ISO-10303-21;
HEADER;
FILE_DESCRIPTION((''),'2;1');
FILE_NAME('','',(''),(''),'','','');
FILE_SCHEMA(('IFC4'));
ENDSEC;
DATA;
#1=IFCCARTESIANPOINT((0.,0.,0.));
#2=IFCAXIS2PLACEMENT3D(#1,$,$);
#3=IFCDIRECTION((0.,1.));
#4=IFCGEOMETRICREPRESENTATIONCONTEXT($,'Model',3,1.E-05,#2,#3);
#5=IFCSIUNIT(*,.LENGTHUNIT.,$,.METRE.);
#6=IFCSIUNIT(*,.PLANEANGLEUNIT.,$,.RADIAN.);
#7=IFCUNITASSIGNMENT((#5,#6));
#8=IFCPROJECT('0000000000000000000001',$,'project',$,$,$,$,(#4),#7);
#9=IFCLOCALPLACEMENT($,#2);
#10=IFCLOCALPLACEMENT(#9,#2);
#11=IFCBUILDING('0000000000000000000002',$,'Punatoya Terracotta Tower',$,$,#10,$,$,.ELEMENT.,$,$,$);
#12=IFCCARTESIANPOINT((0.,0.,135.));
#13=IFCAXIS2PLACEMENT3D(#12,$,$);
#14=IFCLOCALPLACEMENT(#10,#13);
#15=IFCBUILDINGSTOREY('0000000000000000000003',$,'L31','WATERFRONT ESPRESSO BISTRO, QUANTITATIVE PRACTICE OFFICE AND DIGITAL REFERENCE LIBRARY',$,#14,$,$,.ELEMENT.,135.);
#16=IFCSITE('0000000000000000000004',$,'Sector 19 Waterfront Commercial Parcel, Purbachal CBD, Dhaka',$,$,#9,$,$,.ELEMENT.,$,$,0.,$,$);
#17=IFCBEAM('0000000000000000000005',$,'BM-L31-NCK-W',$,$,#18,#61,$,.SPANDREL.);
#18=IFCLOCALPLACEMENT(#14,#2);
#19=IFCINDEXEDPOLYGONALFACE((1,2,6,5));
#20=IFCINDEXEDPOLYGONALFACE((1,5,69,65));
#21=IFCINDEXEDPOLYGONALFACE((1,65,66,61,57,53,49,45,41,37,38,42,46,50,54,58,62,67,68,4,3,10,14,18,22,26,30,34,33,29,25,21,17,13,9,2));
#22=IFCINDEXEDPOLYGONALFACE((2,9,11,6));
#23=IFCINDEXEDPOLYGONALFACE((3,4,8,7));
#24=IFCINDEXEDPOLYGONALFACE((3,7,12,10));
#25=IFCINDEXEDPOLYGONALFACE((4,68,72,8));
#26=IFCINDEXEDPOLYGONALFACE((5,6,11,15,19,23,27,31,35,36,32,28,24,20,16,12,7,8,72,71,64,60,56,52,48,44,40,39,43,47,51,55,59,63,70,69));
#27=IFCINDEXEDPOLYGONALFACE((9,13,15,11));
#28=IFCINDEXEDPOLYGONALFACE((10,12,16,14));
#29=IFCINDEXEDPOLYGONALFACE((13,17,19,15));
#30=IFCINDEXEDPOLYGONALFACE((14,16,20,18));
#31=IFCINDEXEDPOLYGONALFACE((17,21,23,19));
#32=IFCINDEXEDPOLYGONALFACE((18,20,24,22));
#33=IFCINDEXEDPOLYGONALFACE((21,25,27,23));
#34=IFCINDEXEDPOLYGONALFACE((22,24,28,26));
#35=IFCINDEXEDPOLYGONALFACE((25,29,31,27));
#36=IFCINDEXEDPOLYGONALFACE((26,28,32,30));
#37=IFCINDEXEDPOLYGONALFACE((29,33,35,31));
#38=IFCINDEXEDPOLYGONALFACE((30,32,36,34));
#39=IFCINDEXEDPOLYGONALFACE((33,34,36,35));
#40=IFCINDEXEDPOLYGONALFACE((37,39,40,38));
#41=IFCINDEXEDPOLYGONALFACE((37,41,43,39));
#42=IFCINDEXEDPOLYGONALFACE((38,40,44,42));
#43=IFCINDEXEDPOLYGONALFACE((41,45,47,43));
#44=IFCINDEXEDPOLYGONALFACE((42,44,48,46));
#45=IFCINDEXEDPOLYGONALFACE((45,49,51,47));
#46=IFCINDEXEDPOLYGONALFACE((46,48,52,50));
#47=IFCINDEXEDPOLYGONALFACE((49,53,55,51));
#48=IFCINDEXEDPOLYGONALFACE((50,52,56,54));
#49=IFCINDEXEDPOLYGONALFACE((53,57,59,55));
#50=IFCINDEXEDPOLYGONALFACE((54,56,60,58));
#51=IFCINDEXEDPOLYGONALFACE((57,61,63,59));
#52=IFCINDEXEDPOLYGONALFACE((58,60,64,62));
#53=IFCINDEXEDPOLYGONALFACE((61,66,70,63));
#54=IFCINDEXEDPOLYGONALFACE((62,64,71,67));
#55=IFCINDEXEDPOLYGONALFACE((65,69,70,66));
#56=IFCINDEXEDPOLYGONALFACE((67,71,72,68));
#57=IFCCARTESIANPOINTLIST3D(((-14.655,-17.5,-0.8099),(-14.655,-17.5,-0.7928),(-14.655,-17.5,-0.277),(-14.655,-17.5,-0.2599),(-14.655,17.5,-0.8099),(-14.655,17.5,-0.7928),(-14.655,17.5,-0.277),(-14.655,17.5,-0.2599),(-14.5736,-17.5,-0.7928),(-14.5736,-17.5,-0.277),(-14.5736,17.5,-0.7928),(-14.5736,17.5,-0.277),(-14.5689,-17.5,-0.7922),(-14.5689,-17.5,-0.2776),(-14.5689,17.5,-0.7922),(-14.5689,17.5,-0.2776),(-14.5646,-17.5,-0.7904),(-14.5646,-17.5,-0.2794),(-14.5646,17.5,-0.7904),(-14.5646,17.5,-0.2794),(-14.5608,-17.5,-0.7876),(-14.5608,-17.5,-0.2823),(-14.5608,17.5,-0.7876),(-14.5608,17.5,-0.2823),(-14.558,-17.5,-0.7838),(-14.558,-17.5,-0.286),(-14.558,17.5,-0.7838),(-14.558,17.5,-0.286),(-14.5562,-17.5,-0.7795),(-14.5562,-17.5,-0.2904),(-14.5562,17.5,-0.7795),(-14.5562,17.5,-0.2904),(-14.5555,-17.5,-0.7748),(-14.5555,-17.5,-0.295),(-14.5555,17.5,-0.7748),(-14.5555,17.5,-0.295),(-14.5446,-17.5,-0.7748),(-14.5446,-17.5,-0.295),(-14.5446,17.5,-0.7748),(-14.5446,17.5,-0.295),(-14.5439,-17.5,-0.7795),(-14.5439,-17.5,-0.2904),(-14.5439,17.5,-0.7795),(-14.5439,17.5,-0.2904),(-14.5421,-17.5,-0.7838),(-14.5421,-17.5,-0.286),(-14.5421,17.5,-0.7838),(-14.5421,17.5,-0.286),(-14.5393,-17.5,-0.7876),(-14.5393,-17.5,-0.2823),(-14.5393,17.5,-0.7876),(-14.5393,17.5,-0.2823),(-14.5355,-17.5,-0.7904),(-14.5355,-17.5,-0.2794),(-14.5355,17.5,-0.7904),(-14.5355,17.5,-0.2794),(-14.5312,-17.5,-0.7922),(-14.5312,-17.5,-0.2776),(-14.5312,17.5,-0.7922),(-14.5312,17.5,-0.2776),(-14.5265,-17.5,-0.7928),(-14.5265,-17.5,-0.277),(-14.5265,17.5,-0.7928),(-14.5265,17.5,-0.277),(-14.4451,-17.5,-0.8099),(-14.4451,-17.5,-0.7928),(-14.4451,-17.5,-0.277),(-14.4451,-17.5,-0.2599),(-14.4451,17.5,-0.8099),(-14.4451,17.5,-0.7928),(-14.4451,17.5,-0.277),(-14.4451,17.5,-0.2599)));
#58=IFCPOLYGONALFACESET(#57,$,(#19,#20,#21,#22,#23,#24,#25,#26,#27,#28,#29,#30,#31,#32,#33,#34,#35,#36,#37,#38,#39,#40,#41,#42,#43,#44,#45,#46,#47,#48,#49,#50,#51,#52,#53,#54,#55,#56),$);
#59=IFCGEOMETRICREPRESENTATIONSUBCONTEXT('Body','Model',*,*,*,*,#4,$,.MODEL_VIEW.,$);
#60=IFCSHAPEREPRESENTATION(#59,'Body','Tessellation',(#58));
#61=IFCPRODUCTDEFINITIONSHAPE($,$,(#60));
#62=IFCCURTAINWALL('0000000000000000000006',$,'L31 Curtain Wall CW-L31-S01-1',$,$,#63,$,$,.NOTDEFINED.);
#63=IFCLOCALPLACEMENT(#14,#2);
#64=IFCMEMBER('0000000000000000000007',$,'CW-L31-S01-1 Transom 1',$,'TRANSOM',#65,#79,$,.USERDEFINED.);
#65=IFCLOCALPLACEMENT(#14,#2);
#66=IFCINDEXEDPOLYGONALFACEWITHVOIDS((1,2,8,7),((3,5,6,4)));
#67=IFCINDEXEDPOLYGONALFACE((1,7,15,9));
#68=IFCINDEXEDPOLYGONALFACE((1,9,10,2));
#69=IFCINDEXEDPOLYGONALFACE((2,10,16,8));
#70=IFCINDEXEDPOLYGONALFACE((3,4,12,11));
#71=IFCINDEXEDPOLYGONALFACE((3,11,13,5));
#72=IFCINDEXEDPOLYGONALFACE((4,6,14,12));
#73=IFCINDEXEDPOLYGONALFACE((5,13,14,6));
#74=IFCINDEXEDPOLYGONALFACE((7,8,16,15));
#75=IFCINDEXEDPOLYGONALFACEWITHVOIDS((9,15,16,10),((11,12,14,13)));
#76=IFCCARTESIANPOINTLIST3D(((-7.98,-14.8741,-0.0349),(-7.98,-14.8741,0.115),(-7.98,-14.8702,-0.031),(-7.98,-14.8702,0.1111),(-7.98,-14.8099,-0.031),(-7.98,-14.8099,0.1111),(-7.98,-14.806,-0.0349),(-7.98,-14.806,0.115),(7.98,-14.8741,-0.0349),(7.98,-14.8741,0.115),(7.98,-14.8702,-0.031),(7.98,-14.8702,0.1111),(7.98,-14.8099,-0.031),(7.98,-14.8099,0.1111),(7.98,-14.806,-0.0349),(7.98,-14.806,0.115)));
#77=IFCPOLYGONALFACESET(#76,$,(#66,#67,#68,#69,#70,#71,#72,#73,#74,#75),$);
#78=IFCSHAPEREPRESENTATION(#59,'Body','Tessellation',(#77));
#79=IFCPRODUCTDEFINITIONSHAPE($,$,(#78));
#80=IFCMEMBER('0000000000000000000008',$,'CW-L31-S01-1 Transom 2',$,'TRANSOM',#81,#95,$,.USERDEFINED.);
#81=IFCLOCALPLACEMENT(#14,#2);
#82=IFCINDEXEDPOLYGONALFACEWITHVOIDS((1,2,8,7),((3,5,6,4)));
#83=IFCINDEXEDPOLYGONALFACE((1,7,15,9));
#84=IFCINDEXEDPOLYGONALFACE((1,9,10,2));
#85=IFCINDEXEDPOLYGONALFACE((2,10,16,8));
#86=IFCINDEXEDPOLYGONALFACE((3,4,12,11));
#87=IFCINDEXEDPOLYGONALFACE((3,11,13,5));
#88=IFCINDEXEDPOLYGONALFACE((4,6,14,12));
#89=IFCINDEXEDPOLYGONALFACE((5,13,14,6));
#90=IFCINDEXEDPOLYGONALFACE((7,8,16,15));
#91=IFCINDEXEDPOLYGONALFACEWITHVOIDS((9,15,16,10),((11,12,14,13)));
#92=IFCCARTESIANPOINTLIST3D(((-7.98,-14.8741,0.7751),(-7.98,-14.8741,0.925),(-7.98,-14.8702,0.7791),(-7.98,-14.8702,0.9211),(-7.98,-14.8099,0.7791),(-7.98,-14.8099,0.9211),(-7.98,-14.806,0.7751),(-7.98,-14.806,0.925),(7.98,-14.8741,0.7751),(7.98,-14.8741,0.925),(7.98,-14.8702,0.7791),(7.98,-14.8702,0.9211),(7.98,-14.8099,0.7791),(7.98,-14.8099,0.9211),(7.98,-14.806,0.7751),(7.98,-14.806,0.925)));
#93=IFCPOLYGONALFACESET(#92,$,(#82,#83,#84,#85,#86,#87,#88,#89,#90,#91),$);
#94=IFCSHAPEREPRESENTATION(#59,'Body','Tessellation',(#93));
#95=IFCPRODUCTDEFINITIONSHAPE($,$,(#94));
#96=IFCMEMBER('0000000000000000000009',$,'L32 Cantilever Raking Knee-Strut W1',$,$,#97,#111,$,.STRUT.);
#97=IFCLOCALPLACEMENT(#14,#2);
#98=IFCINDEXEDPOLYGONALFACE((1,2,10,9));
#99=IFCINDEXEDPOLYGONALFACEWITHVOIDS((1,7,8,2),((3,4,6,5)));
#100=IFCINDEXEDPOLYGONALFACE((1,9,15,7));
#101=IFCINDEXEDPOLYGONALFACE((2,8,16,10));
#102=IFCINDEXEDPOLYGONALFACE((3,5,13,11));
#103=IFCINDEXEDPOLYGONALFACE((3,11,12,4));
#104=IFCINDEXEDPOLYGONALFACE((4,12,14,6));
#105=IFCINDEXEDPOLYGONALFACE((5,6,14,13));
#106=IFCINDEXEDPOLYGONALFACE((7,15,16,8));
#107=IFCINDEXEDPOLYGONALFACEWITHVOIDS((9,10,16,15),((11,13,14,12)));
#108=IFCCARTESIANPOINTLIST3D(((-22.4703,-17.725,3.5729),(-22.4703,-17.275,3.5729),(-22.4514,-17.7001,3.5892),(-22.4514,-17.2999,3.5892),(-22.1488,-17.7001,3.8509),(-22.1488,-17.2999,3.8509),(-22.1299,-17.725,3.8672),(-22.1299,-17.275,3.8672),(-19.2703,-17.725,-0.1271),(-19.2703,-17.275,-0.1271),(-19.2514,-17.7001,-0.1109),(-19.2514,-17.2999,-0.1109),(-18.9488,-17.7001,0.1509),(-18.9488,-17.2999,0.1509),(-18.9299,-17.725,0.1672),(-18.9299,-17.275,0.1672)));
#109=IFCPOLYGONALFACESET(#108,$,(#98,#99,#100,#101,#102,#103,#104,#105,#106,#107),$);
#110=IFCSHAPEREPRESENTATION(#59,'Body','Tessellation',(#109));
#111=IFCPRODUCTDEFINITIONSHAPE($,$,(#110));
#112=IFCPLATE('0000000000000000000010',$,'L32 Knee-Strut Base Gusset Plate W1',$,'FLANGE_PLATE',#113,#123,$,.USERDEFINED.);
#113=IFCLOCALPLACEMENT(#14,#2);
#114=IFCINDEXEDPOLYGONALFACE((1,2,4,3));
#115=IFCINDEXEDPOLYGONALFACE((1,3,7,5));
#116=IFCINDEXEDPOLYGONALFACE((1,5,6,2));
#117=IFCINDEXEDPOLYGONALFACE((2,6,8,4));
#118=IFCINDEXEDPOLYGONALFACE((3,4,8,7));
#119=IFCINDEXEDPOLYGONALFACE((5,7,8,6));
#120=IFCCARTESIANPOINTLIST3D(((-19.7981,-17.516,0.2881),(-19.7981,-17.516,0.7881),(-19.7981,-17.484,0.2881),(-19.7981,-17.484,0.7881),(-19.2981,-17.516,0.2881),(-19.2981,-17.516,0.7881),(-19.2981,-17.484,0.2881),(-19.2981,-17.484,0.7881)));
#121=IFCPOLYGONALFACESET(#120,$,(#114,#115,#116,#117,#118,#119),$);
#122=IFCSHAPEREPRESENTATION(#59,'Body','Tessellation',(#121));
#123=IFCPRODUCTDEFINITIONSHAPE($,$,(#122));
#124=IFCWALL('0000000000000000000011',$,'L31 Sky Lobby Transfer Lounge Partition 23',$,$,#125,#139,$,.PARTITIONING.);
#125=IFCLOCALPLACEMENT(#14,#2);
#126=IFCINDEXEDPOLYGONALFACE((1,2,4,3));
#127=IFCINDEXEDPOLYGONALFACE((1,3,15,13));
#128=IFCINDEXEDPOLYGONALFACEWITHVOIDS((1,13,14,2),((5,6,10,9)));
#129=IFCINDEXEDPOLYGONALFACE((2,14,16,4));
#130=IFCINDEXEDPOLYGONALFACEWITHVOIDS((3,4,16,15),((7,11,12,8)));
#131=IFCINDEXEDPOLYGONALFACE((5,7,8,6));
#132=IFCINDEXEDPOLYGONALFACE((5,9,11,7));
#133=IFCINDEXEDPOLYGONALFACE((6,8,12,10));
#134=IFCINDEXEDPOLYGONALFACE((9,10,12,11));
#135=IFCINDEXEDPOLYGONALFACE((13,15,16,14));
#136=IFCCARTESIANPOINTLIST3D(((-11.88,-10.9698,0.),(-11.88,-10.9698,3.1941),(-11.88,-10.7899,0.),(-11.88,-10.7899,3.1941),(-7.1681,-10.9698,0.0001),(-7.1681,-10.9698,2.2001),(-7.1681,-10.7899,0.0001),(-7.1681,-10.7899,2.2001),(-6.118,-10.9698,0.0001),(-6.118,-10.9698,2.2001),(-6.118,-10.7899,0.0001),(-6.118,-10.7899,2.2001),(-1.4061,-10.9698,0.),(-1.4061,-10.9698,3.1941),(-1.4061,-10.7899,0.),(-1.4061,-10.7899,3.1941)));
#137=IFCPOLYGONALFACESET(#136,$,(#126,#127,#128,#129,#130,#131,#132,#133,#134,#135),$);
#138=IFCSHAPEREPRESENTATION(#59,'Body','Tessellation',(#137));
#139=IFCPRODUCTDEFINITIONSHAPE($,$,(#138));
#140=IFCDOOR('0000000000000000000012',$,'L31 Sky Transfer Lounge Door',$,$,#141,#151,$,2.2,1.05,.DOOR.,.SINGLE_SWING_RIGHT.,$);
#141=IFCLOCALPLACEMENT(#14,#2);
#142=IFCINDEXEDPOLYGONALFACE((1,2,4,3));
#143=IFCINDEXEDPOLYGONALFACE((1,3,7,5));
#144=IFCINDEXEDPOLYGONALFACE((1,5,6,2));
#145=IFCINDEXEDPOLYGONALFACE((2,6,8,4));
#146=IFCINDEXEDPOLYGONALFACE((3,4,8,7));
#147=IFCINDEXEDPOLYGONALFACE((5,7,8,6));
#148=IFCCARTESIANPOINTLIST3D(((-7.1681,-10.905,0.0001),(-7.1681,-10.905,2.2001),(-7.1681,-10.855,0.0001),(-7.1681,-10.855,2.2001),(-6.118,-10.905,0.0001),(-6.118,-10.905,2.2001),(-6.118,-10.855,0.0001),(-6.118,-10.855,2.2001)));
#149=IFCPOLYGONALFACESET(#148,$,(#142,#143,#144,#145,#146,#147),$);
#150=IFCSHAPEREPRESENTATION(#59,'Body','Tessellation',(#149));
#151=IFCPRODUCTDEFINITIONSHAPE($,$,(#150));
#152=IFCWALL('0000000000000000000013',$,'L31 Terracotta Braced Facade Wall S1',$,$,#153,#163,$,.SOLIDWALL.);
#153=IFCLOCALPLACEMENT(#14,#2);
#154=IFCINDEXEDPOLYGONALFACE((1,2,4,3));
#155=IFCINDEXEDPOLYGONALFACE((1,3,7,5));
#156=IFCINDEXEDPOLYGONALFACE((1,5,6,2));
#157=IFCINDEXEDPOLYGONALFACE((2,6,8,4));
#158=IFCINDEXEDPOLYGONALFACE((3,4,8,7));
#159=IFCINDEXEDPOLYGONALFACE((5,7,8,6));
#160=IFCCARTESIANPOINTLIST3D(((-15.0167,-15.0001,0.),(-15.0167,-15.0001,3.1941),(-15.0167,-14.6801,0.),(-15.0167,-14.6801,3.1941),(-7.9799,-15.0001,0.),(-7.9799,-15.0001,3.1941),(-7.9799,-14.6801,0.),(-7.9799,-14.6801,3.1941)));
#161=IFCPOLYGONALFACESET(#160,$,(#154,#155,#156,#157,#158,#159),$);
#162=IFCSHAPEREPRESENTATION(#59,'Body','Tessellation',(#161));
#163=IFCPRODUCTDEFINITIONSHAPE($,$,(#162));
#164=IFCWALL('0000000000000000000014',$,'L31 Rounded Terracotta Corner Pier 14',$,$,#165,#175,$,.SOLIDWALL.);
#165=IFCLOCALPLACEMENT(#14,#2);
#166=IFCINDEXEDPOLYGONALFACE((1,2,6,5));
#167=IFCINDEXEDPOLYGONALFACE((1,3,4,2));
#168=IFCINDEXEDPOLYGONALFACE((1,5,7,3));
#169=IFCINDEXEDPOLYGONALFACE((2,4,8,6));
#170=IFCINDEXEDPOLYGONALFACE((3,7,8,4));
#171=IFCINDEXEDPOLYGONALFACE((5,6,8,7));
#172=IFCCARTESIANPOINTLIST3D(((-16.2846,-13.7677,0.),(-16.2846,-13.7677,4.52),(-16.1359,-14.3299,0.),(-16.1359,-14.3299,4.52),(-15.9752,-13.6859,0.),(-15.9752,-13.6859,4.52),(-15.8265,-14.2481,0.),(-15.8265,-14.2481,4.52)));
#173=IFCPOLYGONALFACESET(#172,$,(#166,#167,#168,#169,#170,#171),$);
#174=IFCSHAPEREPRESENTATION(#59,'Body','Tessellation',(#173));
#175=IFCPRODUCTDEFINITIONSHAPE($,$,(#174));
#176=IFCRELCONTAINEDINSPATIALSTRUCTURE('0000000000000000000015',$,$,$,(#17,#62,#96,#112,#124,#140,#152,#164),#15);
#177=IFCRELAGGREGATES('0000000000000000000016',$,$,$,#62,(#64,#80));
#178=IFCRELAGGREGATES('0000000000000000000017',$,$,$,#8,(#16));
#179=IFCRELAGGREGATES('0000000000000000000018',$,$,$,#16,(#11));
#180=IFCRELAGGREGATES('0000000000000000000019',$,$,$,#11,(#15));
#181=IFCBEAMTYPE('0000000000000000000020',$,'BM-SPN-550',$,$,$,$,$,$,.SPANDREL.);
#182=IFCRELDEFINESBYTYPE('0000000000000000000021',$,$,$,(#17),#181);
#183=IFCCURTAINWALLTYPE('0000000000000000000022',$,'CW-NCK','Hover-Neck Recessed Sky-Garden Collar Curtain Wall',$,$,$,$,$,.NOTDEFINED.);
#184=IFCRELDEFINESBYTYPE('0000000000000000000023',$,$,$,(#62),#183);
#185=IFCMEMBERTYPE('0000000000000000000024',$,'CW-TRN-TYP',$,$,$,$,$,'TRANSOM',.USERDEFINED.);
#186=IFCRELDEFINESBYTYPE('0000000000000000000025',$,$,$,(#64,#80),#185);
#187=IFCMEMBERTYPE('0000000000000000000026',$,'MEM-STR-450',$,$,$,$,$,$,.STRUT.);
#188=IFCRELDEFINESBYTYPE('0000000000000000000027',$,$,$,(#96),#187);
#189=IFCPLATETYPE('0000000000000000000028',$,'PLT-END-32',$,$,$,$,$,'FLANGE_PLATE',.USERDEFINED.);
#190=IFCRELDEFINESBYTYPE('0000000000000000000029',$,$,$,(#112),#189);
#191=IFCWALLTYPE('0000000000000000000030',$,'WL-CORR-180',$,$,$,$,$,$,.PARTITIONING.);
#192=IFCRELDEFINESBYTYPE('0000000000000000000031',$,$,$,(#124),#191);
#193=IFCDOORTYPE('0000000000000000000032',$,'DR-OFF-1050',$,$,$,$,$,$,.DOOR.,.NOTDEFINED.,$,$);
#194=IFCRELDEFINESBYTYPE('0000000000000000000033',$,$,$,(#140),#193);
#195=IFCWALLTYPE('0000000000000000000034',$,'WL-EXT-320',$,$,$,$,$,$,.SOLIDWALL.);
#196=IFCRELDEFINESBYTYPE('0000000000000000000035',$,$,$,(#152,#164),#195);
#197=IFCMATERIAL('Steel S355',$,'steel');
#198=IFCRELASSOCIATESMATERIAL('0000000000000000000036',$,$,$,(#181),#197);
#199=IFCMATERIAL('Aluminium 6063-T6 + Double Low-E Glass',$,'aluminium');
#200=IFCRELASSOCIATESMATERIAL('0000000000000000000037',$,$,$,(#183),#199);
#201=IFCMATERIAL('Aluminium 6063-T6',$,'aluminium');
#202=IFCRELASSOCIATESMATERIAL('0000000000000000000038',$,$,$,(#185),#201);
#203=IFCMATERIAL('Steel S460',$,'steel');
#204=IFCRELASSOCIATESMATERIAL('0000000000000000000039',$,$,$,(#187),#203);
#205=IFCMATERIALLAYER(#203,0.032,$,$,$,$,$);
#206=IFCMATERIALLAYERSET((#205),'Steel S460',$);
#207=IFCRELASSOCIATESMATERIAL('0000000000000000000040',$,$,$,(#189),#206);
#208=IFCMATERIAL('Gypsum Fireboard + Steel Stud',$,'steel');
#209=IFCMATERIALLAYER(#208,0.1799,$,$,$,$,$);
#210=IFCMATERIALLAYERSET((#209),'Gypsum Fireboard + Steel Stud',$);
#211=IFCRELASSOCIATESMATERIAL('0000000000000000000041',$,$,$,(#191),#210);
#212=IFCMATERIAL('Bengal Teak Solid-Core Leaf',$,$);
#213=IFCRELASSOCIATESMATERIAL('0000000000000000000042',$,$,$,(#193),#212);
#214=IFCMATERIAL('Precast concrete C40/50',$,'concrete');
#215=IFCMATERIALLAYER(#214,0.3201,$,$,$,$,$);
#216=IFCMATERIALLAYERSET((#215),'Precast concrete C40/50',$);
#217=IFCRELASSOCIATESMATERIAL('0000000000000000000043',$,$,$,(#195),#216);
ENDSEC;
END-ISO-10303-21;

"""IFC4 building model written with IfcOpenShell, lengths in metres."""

from ifc_helpers import new_model, si_unit, direction, frame, frame_2d, origin, origin_2d, place, context, subcontext, project, spatial, rectangle, hollow_rectangle, i_section, extrude, material, layer, layer_set, material_profile, profile_set, type_object, element, fill, aggregate, save


model = new_model("IFC4")

# Units and contexts
model_context = context("Model", 3, precision=1e-05, world=origin(), true_north=direction((0.0, 1.0)))
body_context = subcontext(model_context, "Body", "Model", "MODEL_VIEW")
ifc_project = project(units=[si_unit("LENGTHUNIT", "METRE"), si_unit("PLANEANGLEUNIT", "RADIAN")], contexts=[model_context])

# Site, building, storey
site_placement = place(None, origin())
site = spatial("IfcSite", under=ifc_project, at=site_placement, Name="Sector 19 Waterfront Commercial Parcel, Purbachal CBD, Dhaka", CompositionType="ELEMENT", RefElevation=0.0)
building_placement = place(site_placement, origin())
building = spatial("IfcBuilding", under=site, at=building_placement, Name="Punatoya Terracotta Tower", CompositionType="ELEMENT")
storey_placement = place(building_placement, frame((0.0, 0.0, 135.0)))
storey = spatial("IfcBuildingStorey", under=building, at=storey_placement, Name="L31", Description="WATERFRONT ESPRESSO BISTRO, QUANTITATIVE PRACTICE OFFICE AND DIGITAL REFERENCE LIBRARY", CompositionType="ELEMENT", Elevation=135.0)

# Shared definitions
ifc_material_1 = material(Name="Steel S460", Category="steel")

# Beam
ifc_material_2 = material(Name="Steel S355", Category="steel")
ifc_material_profile_1 = material_profile(ifc_material_2, i_section(OverallWidth=0.21, OverallDepth=0.55, WebThickness=0.011, FlangeThickness=0.0171, FilletRadius=0.0181, at=origin_2d()))
ifc_profile_set_1 = profile_set([ifc_material_profile_1], Name="Steel S355")
beam_type_1 = type_object("IfcBeamType", Name="BM-SPN-550", PredefinedType="SPANDREL", material=ifc_profile_set_1)
beam_1_placement = place(storey_placement, frame((-14.55, -17.5, -0.5349), z_axis=(0.0, 1.0, 0.0), x_axis=(-1.0, 0.0, 0.0)))
element("IfcBeam", 1, at=beam_1_placement, inside=storey, type_object=beam_type_1, Name="BM-L31-NCK-W", PredefinedType="SPANDREL", context=body_context, shape_type="SweptSolid", body=[
    extrude(i_section(OverallWidth=0.21, OverallDepth=0.55, WebThickness=0.011, FlangeThickness=0.0171, FilletRadius=0.0181, at=origin_2d()), origin(), (0.0, 0.0, 1.0), 35.0),
])

# Curtain wall, members
ifc_material_3 = material(Name="Aluminium 6063-T6 + Double Low-E Glass", Category="aluminium")
curtain_wall_type = type_object("IfcCurtainWallType", Name="CW-NCK", Description="Hover-Neck Recessed Sky-Garden Collar Curtain Wall", PredefinedType="NOTDEFINED", material=ifc_material_3)
curtain_wall_placement = place(storey_placement, origin())
curtain_wall = element("IfcCurtainWall", 2, at=curtain_wall_placement, inside=storey, type_object=curtain_wall_type, Name="L31 Curtain Wall CW-L31-S01-1", PredefinedType="NOTDEFINED")
ifc_material_4 = material(Name="Aluminium 6063-T6", Category="aluminium")
ifc_material_profile_2 = material_profile(ifc_material_4, hollow_rectangle(XDim=0.0681, YDim=0.1499, WallThickness=0.0039, at=origin_2d()))
ifc_profile_set_2 = profile_set([ifc_material_profile_2], Name="Aluminium 6063-T6")
member_type_1 = type_object("IfcMemberType", Name="CW-TRN-TYP", ElementType="TRANSOM", PredefinedType="USERDEFINED", material=ifc_profile_set_2)
member_1_placement = place(storey_placement, frame((-7.98, -14.8401, 0.04), z_axis=(1.0, 0.0, 0.0), x_axis=(0.0, 1.0, 0.0)))
member_1 = element("IfcMember", 3, at=member_1_placement, type_object=member_type_1, Name="CW-L31-S01-1 Transom 1", ObjectType="TRANSOM", PredefinedType="USERDEFINED", context=body_context, shape_type="SweptSolid", body=[
    extrude(hollow_rectangle(XDim=0.0681, YDim=0.1499, WallThickness=0.0039, at=origin_2d()), origin(), (0.0, 0.0, 1.0), 15.96),
])
member_2_placement = place(storey_placement, frame((-7.98, -14.8401, 0.8501), z_axis=(1.0, 0.0, 0.0), x_axis=(0.0, 1.0, 0.0)))
member_2 = element("IfcMember", 4, at=member_2_placement, type_object=member_type_1, Name="CW-L31-S01-1 Transom 2", ObjectType="TRANSOM", PredefinedType="USERDEFINED", context=body_context, shape_type="SweptSolid", body=[
    extrude(hollow_rectangle(XDim=0.0681, YDim=0.1499, WallThickness=0.0039, at=origin_2d()), origin(), (0.0, 0.0, 1.0), 15.96),
])
aggregate(curtain_wall, [member_1, member_2])

# Member
ifc_material_profile_3 = material_profile(ifc_material_1, hollow_rectangle(XDim=0.45, YDim=0.45, WallThickness=0.0249, at=origin_2d()))
ifc_profile_set_3 = profile_set([ifc_material_profile_3], Name="Steel S460")
member_type_2 = type_object("IfcMemberType", Name="MEM-STR-450", PredefinedType="STRUT", material=ifc_profile_set_3)
member_3_placement = place(storey_placement, frame((-19.1001, -17.5, 0.02), z_axis=(-0.654151, 0.0, 0.756364), x_axis=(0.0, -1.0, 0.0)))
element("IfcMember", 5, at=member_3_placement, inside=storey, type_object=member_type_2, Name="L32 Cantilever Raking Knee-Strut W1", PredefinedType="STRUT", context=body_context, shape_type="SweptSolid", body=[
    extrude(hollow_rectangle(XDim=0.45, YDim=0.45, WallThickness=0.0249, at=origin_2d()), origin(), (0.0, 0.0, 1.0), 4.8918),
])

# Plate
ifc_layer_1 = layer(ifc_material_1, 0.032)
ifc_layer_set_1 = layer_set([ifc_layer_1], Name="Steel S460")
plate_type = type_object("IfcPlateType", Name="PLT-END-32", ElementType="FLANGE_PLATE", PredefinedType="USERDEFINED", material=ifc_layer_set_1)
plate_placement = place(storey_placement, frame((-19.5481, -17.5, 0.2881), z_axis=(0.0, 0.0, 1.0), x_axis=(1.0, 0.0, 0.0)))
element("IfcPlate", 6, at=plate_placement, inside=storey, type_object=plate_type, Name="L32 Knee-Strut Base Gusset Plate W1", ObjectType="FLANGE_PLATE", PredefinedType="USERDEFINED", context=body_context, shape_type="SweptSolid", body=[
    extrude(rectangle(XDim=0.5, YDim=0.032, at=origin_2d()), origin(), (0.0, 0.0, 1.0), 0.5),
])

# Wall, opening, door
ifc_material_5 = material(Name="Gypsum Fireboard + Steel Stud", Category="steel")
ifc_layer_2 = layer(ifc_material_5, 0.1799)
ifc_layer_set_2 = layer_set([ifc_layer_2], Name="Gypsum Fireboard + Steel Stud")
wall_type_1 = type_object("IfcWallType", Name="WL-CORR-180", PredefinedType="PARTITIONING", material=ifc_layer_set_2)
wall_1_placement = place(storey_placement, frame((-11.8799, -10.8799, 0.0), z_axis=(0.0, 0.0, 1.0), x_axis=(1.0, 0.0, 0.0)))
wall_1 = element("IfcWall", 7, at=wall_1_placement, inside=storey, type_object=wall_type_1, Name="L31 Sky Lobby Transfer Lounge Partition 23", PredefinedType="PARTITIONING", context=body_context, shape_type="SweptSolid", body=[
    extrude(rectangle(XDim=10.4739, YDim=0.1799, at=frame_2d((5.2368, 0.0))), origin(), (0.0, 0.0, 1.0), 3.1941),
])
opening_placement = place(wall_1_placement, frame((4.7119, 0.0, 0.0)))
opening = element("IfcOpeningElement", 8, at=opening_placement, cuts=wall_1, PredefinedType="OPENING", context=body_context, shape_type="SweptSolid", body=[
    extrude(rectangle(XDim=1.05, YDim=2.2, at=frame_2d((0.5249, 1.1001))), frame((0.0, 0.0999, 0.0), z_axis=(0.0, -1.0, 0.0), x_axis=(1.0, 0.0, 0.0)), (0.0, 0.0, 1.0), 0.2),
])
ifc_material_6 = material(Name="Bengal Teak Solid-Core Leaf")
door_type = type_object("IfcDoorType", Name="DR-OFF-1050", OperationType="NOTDEFINED", PredefinedType="DOOR", material=ifc_material_6)
door_placement = place(opening_placement, origin())
door = element("IfcDoor", 9, at=door_placement, inside=storey, type_object=door_type, Name="L31 Sky Transfer Lounge Door", OperationType="SINGLE_SWING_RIGHT", OverallHeight=2.2, OverallWidth=1.05, PredefinedType="DOOR", context=body_context, shape_type="SweptSolid", body=[
    extrude(rectangle(XDim=1.05, YDim=2.2, at=frame_2d((0.5249, 1.1001))), frame((0.0, 0.0249, 0.0), z_axis=(0.0, -1.0, 0.0), x_axis=(1.0, 0.0, 0.0)), (0.0, 0.0, 1.0), 0.05),
])
fill(opening, door)

# Walls
ifc_material_7 = material(Name="Precast concrete C40/50", Category="concrete")
ifc_layer_3 = layer(ifc_material_7, 0.3201)
ifc_layer_set_3 = layer_set([ifc_layer_3], Name="Precast concrete C40/50")
wall_type_2 = type_object("IfcWallType", Name="WL-EXT-320", PredefinedType="SOLIDWALL", material=ifc_layer_set_3)
wall_2_placement = place(storey_placement, frame((-15.0168, -14.8401, 0.0), z_axis=(0.0, 0.0, 1.0), x_axis=(1.0, 0.0, 0.0)))
element("IfcWall", 10, at=wall_2_placement, inside=storey, type_object=wall_type_2, Name="L31 Terracotta Braced Facade Wall S1", PredefinedType="SOLIDWALL", context=body_context, shape_type="SweptSolid", body=[
    extrude(rectangle(XDim=7.0369, YDim=0.3201, at=frame_2d((3.5186, 0.0))), origin(), (0.0, 0.0, 1.0), 3.1941),
])
wall_3_placement = place(storey_placement, frame((-16.1299, -13.7268, 0.0), z_axis=(0.0, 0.0, 1.0), x_axis=(0.25565, -0.966769, 0.0)))
element("IfcWall", 11, at=wall_3_placement, inside=storey, type_object=wall_type_2, Name="L31 Rounded Terracotta Corner Pier 14", PredefinedType="SOLIDWALL", context=body_context, shape_type="SweptSolid", body=[
    extrude(rectangle(XDim=0.5815, YDim=0.3201, at=frame_2d((0.2908, 0.0))), origin(), (0.0, 0.0, 1.0), 4.52),
])

save(model, "model.ifc")
